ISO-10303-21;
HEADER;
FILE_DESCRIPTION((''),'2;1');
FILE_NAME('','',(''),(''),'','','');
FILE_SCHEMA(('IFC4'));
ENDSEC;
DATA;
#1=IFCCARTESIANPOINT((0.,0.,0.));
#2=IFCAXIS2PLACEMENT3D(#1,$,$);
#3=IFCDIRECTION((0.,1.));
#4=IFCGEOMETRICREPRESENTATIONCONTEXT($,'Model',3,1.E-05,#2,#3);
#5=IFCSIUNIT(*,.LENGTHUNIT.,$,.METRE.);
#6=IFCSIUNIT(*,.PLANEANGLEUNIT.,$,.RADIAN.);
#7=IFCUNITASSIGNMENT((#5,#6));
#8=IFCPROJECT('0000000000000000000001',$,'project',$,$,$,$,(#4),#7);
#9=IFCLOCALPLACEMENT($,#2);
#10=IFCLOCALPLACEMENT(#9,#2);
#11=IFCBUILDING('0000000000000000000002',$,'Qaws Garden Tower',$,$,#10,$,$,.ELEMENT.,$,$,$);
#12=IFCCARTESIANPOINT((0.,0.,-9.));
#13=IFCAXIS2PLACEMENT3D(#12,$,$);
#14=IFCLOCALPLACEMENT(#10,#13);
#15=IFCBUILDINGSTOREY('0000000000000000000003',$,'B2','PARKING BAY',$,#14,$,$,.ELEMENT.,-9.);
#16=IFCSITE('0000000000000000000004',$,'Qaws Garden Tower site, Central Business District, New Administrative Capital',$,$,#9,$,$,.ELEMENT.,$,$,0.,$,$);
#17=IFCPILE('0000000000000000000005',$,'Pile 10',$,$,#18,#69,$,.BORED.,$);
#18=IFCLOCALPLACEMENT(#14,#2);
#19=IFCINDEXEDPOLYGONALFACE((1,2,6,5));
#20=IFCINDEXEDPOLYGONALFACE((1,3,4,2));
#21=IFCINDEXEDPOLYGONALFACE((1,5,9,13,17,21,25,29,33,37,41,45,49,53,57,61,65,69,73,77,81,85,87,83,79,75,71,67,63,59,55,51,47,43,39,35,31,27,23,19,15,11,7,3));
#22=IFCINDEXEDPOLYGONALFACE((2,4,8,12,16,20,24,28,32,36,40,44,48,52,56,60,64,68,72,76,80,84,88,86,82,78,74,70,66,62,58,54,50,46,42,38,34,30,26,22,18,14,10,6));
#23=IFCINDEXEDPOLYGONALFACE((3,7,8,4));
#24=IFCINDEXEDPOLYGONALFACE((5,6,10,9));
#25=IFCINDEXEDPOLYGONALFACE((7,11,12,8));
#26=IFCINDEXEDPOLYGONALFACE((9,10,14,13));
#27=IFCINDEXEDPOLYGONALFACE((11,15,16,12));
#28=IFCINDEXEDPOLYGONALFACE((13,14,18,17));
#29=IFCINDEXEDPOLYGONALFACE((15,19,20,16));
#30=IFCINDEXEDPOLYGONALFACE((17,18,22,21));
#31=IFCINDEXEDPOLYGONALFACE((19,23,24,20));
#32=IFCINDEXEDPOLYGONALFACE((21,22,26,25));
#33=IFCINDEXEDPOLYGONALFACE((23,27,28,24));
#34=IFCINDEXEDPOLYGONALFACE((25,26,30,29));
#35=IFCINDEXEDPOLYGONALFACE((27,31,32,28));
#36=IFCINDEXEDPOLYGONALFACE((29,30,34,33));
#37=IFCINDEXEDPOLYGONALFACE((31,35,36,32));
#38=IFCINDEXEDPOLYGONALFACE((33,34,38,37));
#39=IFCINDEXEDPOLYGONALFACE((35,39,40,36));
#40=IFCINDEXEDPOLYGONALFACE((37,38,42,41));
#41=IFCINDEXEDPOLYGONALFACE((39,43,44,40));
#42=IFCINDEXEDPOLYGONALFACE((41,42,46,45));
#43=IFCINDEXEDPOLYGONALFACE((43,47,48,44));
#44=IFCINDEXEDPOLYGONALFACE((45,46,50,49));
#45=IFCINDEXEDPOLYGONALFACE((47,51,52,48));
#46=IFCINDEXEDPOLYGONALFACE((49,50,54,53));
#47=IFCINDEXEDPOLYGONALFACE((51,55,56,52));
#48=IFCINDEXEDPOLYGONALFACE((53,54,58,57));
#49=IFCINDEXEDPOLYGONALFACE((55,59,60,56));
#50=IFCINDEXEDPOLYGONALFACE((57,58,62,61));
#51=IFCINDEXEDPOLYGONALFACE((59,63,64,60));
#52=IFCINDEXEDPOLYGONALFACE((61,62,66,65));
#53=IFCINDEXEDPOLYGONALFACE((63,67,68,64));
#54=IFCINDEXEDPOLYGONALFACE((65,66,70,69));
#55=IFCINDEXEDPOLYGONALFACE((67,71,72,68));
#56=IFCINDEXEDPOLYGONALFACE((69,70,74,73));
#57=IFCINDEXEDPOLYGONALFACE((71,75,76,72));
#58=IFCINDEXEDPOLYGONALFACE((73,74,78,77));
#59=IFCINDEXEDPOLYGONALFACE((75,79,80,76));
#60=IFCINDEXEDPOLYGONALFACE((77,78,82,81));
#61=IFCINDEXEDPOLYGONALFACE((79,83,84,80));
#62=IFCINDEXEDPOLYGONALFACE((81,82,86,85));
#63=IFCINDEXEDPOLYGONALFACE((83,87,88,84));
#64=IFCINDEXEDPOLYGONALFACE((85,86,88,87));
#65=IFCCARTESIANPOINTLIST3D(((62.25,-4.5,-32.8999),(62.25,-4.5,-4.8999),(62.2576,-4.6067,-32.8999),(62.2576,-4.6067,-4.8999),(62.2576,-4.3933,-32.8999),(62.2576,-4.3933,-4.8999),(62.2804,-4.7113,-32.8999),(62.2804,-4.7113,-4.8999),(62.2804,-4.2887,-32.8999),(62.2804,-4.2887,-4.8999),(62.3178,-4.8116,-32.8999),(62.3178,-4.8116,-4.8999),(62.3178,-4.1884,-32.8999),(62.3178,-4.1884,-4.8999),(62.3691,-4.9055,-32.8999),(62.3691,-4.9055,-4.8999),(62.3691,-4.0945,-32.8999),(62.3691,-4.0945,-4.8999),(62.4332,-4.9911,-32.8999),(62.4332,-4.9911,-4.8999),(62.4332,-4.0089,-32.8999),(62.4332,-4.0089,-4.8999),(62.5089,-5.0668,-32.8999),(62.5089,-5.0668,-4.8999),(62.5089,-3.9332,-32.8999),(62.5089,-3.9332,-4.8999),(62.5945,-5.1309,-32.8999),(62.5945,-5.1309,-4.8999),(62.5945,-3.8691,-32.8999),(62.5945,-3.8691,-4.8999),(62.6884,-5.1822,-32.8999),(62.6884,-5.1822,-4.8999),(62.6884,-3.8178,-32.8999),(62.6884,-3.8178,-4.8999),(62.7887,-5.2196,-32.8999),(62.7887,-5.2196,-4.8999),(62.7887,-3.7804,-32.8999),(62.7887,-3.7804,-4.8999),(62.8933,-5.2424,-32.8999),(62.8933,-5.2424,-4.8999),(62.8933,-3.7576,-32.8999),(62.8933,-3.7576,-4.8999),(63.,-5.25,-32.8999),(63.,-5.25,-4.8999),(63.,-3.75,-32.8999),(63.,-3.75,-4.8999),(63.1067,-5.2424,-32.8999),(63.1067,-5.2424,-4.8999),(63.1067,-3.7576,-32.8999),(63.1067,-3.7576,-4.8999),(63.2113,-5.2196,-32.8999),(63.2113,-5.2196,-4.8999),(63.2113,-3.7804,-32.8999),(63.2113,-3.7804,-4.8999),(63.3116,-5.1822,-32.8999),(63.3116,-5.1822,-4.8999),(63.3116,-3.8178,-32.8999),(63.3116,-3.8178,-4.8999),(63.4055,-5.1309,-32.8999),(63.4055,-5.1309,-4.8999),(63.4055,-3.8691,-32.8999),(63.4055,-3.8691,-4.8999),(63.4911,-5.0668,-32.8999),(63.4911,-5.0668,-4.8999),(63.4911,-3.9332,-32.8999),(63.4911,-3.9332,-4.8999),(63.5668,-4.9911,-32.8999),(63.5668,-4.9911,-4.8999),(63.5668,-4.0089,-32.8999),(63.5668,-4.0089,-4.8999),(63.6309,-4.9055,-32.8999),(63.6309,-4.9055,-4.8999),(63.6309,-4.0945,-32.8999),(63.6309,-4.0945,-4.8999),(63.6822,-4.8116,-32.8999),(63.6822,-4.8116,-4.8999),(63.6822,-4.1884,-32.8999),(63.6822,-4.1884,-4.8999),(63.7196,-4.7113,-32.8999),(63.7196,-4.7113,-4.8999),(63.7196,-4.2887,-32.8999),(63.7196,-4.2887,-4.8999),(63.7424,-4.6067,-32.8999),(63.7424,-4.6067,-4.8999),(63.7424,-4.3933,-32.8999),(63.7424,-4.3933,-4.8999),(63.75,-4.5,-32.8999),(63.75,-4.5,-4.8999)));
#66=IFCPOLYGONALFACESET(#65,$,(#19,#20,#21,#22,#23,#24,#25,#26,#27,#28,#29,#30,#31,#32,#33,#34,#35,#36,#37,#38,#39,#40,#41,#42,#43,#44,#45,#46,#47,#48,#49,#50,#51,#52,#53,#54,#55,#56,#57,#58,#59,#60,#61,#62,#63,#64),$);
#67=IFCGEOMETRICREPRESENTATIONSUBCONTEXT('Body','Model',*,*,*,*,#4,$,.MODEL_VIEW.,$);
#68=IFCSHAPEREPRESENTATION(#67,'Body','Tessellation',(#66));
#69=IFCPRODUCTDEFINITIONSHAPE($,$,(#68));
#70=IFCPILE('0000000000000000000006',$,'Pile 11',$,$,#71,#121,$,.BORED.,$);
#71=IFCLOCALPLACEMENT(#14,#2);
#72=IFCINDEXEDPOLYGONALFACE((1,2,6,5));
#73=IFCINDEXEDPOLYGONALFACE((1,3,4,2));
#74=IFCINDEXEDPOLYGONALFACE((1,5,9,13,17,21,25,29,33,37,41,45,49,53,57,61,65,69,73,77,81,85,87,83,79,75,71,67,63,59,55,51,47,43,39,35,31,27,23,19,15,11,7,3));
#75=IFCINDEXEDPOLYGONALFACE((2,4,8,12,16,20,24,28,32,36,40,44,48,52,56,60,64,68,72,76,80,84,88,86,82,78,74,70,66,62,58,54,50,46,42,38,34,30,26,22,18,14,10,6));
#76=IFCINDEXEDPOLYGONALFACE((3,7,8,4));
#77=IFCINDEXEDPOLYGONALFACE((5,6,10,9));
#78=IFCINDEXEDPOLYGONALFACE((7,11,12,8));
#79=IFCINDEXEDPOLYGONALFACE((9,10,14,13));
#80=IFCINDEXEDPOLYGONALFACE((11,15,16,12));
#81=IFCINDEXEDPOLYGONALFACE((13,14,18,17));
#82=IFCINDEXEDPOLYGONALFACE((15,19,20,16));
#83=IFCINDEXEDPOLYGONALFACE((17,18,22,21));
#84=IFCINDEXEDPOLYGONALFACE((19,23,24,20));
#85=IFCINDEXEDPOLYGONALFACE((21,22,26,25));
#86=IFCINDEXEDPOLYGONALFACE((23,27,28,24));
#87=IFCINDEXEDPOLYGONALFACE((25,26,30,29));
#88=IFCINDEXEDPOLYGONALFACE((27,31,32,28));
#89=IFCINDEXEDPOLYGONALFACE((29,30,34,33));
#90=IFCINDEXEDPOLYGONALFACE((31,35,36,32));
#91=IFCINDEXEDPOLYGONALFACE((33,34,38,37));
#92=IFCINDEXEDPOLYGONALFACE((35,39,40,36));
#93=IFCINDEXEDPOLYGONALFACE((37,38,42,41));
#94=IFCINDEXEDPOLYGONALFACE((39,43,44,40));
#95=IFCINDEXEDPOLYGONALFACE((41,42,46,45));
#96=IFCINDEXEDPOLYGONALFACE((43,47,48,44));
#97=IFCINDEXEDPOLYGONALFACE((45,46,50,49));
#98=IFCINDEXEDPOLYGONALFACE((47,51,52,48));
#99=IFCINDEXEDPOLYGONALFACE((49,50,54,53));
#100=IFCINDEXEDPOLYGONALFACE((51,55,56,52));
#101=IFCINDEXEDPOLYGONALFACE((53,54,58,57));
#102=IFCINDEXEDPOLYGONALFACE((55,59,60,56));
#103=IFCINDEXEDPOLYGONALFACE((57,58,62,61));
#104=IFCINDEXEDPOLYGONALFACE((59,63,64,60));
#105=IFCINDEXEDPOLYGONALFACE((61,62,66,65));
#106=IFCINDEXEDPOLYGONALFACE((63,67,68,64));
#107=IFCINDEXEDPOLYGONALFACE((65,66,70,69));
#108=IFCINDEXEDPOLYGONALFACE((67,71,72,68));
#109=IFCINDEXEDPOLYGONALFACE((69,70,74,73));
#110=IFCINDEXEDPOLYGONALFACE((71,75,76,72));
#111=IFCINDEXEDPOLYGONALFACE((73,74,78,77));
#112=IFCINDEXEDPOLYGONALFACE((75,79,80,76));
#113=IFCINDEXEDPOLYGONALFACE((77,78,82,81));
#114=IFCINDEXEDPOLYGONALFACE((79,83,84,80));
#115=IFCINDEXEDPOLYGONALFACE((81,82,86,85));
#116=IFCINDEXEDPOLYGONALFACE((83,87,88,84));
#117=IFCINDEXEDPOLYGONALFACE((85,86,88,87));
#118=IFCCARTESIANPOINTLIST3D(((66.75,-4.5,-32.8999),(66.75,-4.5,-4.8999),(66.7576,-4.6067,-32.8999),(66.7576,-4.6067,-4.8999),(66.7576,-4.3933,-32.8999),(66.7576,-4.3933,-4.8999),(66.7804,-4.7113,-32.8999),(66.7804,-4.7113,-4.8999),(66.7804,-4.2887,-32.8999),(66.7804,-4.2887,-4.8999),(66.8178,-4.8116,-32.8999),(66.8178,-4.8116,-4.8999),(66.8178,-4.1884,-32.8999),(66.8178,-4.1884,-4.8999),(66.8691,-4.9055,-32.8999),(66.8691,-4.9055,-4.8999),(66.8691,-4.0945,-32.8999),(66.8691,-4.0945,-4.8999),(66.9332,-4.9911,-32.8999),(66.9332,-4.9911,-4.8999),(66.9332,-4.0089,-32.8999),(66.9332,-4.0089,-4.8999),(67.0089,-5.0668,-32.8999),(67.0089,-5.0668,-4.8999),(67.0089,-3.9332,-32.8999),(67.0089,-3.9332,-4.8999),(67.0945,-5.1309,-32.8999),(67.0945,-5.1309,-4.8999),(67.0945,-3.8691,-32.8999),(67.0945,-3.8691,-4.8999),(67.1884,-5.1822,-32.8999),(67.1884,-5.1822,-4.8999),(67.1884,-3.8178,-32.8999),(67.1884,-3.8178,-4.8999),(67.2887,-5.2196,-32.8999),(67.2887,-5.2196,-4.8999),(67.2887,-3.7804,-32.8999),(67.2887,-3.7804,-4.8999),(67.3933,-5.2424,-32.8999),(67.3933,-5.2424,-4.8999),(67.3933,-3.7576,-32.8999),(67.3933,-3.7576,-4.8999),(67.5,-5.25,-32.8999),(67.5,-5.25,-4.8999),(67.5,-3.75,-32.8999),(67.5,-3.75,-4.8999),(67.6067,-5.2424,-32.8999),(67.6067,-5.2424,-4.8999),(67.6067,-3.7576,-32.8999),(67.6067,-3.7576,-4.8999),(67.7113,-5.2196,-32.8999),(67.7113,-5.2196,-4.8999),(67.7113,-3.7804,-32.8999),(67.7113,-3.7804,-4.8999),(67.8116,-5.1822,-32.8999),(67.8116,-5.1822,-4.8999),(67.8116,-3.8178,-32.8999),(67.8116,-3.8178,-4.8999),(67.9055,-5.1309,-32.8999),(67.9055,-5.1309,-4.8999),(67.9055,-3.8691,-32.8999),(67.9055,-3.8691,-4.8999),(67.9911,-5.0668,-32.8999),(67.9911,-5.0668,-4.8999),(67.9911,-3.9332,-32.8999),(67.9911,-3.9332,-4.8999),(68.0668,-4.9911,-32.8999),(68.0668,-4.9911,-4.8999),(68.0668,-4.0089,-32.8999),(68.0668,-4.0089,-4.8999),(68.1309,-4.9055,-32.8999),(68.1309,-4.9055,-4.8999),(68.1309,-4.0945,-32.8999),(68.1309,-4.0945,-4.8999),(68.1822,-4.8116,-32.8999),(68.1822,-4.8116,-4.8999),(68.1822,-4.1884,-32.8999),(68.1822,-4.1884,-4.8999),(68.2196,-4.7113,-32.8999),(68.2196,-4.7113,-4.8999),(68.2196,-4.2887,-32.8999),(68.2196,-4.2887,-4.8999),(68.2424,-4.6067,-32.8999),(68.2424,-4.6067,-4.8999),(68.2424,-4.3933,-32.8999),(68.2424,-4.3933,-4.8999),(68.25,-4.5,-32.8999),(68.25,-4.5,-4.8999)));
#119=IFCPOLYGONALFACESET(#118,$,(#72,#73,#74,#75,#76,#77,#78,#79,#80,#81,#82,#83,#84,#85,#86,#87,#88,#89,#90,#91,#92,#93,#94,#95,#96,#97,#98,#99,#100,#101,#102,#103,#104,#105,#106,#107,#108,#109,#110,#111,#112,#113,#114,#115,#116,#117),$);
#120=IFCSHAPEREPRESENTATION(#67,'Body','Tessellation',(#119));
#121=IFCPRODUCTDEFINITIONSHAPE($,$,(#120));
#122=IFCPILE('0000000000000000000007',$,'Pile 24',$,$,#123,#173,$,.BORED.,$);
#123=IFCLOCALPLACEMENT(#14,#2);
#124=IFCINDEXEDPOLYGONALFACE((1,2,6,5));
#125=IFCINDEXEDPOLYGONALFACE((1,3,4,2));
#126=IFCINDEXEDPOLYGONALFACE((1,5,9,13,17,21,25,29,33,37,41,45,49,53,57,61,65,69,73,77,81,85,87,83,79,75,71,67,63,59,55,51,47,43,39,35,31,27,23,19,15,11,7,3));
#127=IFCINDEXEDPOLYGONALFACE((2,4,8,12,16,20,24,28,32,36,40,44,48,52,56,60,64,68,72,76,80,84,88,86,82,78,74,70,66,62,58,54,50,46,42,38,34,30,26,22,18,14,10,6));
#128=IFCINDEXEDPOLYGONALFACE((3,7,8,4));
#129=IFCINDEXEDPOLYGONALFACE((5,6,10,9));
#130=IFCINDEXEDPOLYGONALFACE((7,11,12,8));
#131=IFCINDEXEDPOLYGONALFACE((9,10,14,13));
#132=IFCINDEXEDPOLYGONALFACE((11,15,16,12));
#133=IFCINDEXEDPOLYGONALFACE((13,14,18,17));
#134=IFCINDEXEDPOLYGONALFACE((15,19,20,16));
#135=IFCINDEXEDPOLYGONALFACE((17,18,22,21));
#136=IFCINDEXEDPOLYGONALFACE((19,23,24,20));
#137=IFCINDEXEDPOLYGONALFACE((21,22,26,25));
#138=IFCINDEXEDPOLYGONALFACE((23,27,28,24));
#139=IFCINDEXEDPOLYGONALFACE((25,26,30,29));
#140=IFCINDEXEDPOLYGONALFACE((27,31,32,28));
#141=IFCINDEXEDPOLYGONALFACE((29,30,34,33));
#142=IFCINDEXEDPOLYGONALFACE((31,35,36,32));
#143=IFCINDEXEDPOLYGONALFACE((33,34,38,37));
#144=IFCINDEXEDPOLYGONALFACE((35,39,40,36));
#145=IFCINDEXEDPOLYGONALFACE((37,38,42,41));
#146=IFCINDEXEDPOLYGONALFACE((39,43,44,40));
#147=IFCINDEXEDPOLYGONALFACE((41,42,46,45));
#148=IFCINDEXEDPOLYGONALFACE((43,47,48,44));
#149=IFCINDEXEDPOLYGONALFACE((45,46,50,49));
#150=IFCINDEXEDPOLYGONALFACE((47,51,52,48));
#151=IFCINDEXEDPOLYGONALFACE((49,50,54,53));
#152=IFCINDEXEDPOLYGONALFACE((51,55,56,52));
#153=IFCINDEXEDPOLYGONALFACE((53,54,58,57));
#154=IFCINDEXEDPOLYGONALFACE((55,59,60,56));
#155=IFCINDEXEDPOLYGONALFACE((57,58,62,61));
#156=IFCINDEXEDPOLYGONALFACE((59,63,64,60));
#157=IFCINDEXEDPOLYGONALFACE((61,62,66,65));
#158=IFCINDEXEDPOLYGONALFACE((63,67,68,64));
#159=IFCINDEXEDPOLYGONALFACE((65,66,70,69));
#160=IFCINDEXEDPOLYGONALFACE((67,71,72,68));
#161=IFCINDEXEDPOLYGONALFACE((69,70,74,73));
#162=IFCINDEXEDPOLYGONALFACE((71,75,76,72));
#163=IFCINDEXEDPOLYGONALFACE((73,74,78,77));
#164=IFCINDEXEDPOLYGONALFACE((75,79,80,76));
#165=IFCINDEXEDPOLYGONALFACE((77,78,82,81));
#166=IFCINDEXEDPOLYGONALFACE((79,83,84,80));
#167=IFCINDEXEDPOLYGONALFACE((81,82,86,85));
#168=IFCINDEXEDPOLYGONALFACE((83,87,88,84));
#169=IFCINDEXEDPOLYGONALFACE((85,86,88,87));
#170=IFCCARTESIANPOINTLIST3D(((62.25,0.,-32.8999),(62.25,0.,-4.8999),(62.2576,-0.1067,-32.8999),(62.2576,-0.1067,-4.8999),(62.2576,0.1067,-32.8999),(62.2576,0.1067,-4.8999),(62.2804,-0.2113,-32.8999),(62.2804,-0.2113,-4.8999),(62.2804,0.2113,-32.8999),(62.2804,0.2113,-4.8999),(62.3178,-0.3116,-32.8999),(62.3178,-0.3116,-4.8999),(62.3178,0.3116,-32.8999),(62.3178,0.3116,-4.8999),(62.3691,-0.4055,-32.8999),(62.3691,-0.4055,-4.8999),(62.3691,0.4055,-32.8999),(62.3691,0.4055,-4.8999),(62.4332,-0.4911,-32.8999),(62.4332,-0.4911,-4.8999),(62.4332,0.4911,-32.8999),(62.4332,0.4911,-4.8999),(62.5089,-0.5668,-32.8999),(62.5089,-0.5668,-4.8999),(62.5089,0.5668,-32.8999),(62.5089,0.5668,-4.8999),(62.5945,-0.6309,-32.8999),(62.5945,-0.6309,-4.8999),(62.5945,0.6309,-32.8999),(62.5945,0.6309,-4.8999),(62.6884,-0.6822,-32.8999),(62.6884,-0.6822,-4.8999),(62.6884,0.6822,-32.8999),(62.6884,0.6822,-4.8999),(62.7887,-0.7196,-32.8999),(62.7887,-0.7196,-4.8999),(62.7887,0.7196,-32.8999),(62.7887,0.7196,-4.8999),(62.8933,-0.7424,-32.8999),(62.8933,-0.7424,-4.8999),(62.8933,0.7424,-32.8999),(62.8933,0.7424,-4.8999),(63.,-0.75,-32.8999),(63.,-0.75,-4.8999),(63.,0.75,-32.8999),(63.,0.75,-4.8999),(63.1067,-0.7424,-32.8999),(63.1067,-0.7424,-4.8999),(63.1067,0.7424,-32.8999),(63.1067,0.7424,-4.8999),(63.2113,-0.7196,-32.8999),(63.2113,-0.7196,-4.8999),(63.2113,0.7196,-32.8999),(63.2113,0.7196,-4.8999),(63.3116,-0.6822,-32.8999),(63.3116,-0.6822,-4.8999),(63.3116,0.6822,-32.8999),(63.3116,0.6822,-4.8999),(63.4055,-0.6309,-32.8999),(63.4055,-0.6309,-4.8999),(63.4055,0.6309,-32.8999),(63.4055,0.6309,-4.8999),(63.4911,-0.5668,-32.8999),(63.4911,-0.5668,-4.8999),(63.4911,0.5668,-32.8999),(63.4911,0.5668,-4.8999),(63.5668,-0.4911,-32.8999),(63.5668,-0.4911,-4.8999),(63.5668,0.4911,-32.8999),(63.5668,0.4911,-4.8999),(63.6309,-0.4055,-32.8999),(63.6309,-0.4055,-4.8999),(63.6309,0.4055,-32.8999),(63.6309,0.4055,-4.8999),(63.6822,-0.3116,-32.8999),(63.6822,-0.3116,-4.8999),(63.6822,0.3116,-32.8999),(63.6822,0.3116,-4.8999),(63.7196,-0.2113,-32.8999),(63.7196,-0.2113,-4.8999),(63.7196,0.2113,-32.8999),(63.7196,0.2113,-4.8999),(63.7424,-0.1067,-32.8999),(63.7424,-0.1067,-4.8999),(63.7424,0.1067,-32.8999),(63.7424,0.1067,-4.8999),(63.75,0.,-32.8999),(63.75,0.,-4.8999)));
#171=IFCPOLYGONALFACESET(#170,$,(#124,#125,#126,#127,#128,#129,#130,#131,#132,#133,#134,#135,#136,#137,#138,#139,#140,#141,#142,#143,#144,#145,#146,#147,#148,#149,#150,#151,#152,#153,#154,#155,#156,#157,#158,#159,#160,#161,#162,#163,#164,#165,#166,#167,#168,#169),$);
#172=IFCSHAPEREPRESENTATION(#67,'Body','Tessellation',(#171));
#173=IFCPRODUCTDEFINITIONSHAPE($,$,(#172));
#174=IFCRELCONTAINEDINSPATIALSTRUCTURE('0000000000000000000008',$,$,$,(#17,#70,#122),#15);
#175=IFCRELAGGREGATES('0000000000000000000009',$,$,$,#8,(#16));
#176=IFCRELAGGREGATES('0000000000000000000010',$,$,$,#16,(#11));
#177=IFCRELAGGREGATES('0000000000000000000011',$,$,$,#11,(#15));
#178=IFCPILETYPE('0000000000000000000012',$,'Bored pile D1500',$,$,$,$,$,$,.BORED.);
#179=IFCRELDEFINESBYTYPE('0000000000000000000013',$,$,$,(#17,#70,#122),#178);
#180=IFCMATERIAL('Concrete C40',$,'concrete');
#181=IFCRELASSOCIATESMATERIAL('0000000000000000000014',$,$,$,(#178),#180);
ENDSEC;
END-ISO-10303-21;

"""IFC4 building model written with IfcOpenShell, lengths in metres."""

from ifc_helpers import new_model, si_unit, direction, frame, origin, origin_2d, place, context, subcontext, project, spatial, circle, extrude, material, material_profile, profile_set, type_object, element, save


model = new_model("IFC4")

# Units and contexts
model_context = context("Model", 3, precision=1e-05, world=origin(), true_north=direction((0.0, 1.0)))
body_context = subcontext(model_context, "Body", "Model", "MODEL_VIEW")
ifc_project = project(units=[si_unit("LENGTHUNIT", "METRE"), si_unit("PLANEANGLEUNIT", "RADIAN")], contexts=[model_context])

# Site, building, storey
site_placement = place(None, origin())
site = spatial("IfcSite", under=ifc_project, at=site_placement, Name="Qaws Garden Tower site, Central Business District, New Administrative Capital", CompositionType="ELEMENT", RefElevation=0.0)
building_placement = place(site_placement, origin())
building = spatial("IfcBuilding", under=site, at=building_placement, Name="Qaws Garden Tower", CompositionType="ELEMENT")
storey_placement = place(building_placement, frame((0.0, 0.0, -9.0)))
storey = spatial("IfcBuildingStorey", under=building, at=storey_placement, Name="B2", Description="PARKING BAY", CompositionType="ELEMENT", Elevation=-9.0)

# Piles
ifc_material_1 = material(Name="Concrete C40", Category="concrete")
ifc_material_profile_1 = material_profile(ifc_material_1, circle(Radius=0.75, at=origin_2d()), Name="Bored pile D1500")
ifc_profile_set_1 = profile_set([ifc_material_profile_1], Name="Concrete C40")
pile_type = type_object("IfcPileType", Name="Bored pile D1500", PredefinedType="BORED", material=ifc_profile_set_1)
for number, where, z_axis, x_axis, name in (
    (1, (63.0, -4.5, -4.8999), (0.0, 0.0, -1.0), (1.0, 0.0, 0.0), "Pile 10"),
    (2, (67.5, -4.5, -4.8999), (0.0, 0.0, -1.0), (1.0, 0.0, 0.0), "Pile 11"),
    (3, (63.0, 0.0, -4.8999), (0.0, 0.0, -1.0), (1.0, 0.0, 0.0), "Pile 24"),
):
    element("IfcPile", number, at=place(storey_placement, frame(where, z_axis=z_axis, x_axis=x_axis)), inside=storey, type_object=pile_type, Name=name, PredefinedType="BORED", context=body_context, shape_type="SweptSolid", body=[
        extrude(circle(Radius=0.75, at=origin_2d()), origin(), (0.0, 0.0, 1.0), 28.0),
    ])

save(model, "model.ifc")
